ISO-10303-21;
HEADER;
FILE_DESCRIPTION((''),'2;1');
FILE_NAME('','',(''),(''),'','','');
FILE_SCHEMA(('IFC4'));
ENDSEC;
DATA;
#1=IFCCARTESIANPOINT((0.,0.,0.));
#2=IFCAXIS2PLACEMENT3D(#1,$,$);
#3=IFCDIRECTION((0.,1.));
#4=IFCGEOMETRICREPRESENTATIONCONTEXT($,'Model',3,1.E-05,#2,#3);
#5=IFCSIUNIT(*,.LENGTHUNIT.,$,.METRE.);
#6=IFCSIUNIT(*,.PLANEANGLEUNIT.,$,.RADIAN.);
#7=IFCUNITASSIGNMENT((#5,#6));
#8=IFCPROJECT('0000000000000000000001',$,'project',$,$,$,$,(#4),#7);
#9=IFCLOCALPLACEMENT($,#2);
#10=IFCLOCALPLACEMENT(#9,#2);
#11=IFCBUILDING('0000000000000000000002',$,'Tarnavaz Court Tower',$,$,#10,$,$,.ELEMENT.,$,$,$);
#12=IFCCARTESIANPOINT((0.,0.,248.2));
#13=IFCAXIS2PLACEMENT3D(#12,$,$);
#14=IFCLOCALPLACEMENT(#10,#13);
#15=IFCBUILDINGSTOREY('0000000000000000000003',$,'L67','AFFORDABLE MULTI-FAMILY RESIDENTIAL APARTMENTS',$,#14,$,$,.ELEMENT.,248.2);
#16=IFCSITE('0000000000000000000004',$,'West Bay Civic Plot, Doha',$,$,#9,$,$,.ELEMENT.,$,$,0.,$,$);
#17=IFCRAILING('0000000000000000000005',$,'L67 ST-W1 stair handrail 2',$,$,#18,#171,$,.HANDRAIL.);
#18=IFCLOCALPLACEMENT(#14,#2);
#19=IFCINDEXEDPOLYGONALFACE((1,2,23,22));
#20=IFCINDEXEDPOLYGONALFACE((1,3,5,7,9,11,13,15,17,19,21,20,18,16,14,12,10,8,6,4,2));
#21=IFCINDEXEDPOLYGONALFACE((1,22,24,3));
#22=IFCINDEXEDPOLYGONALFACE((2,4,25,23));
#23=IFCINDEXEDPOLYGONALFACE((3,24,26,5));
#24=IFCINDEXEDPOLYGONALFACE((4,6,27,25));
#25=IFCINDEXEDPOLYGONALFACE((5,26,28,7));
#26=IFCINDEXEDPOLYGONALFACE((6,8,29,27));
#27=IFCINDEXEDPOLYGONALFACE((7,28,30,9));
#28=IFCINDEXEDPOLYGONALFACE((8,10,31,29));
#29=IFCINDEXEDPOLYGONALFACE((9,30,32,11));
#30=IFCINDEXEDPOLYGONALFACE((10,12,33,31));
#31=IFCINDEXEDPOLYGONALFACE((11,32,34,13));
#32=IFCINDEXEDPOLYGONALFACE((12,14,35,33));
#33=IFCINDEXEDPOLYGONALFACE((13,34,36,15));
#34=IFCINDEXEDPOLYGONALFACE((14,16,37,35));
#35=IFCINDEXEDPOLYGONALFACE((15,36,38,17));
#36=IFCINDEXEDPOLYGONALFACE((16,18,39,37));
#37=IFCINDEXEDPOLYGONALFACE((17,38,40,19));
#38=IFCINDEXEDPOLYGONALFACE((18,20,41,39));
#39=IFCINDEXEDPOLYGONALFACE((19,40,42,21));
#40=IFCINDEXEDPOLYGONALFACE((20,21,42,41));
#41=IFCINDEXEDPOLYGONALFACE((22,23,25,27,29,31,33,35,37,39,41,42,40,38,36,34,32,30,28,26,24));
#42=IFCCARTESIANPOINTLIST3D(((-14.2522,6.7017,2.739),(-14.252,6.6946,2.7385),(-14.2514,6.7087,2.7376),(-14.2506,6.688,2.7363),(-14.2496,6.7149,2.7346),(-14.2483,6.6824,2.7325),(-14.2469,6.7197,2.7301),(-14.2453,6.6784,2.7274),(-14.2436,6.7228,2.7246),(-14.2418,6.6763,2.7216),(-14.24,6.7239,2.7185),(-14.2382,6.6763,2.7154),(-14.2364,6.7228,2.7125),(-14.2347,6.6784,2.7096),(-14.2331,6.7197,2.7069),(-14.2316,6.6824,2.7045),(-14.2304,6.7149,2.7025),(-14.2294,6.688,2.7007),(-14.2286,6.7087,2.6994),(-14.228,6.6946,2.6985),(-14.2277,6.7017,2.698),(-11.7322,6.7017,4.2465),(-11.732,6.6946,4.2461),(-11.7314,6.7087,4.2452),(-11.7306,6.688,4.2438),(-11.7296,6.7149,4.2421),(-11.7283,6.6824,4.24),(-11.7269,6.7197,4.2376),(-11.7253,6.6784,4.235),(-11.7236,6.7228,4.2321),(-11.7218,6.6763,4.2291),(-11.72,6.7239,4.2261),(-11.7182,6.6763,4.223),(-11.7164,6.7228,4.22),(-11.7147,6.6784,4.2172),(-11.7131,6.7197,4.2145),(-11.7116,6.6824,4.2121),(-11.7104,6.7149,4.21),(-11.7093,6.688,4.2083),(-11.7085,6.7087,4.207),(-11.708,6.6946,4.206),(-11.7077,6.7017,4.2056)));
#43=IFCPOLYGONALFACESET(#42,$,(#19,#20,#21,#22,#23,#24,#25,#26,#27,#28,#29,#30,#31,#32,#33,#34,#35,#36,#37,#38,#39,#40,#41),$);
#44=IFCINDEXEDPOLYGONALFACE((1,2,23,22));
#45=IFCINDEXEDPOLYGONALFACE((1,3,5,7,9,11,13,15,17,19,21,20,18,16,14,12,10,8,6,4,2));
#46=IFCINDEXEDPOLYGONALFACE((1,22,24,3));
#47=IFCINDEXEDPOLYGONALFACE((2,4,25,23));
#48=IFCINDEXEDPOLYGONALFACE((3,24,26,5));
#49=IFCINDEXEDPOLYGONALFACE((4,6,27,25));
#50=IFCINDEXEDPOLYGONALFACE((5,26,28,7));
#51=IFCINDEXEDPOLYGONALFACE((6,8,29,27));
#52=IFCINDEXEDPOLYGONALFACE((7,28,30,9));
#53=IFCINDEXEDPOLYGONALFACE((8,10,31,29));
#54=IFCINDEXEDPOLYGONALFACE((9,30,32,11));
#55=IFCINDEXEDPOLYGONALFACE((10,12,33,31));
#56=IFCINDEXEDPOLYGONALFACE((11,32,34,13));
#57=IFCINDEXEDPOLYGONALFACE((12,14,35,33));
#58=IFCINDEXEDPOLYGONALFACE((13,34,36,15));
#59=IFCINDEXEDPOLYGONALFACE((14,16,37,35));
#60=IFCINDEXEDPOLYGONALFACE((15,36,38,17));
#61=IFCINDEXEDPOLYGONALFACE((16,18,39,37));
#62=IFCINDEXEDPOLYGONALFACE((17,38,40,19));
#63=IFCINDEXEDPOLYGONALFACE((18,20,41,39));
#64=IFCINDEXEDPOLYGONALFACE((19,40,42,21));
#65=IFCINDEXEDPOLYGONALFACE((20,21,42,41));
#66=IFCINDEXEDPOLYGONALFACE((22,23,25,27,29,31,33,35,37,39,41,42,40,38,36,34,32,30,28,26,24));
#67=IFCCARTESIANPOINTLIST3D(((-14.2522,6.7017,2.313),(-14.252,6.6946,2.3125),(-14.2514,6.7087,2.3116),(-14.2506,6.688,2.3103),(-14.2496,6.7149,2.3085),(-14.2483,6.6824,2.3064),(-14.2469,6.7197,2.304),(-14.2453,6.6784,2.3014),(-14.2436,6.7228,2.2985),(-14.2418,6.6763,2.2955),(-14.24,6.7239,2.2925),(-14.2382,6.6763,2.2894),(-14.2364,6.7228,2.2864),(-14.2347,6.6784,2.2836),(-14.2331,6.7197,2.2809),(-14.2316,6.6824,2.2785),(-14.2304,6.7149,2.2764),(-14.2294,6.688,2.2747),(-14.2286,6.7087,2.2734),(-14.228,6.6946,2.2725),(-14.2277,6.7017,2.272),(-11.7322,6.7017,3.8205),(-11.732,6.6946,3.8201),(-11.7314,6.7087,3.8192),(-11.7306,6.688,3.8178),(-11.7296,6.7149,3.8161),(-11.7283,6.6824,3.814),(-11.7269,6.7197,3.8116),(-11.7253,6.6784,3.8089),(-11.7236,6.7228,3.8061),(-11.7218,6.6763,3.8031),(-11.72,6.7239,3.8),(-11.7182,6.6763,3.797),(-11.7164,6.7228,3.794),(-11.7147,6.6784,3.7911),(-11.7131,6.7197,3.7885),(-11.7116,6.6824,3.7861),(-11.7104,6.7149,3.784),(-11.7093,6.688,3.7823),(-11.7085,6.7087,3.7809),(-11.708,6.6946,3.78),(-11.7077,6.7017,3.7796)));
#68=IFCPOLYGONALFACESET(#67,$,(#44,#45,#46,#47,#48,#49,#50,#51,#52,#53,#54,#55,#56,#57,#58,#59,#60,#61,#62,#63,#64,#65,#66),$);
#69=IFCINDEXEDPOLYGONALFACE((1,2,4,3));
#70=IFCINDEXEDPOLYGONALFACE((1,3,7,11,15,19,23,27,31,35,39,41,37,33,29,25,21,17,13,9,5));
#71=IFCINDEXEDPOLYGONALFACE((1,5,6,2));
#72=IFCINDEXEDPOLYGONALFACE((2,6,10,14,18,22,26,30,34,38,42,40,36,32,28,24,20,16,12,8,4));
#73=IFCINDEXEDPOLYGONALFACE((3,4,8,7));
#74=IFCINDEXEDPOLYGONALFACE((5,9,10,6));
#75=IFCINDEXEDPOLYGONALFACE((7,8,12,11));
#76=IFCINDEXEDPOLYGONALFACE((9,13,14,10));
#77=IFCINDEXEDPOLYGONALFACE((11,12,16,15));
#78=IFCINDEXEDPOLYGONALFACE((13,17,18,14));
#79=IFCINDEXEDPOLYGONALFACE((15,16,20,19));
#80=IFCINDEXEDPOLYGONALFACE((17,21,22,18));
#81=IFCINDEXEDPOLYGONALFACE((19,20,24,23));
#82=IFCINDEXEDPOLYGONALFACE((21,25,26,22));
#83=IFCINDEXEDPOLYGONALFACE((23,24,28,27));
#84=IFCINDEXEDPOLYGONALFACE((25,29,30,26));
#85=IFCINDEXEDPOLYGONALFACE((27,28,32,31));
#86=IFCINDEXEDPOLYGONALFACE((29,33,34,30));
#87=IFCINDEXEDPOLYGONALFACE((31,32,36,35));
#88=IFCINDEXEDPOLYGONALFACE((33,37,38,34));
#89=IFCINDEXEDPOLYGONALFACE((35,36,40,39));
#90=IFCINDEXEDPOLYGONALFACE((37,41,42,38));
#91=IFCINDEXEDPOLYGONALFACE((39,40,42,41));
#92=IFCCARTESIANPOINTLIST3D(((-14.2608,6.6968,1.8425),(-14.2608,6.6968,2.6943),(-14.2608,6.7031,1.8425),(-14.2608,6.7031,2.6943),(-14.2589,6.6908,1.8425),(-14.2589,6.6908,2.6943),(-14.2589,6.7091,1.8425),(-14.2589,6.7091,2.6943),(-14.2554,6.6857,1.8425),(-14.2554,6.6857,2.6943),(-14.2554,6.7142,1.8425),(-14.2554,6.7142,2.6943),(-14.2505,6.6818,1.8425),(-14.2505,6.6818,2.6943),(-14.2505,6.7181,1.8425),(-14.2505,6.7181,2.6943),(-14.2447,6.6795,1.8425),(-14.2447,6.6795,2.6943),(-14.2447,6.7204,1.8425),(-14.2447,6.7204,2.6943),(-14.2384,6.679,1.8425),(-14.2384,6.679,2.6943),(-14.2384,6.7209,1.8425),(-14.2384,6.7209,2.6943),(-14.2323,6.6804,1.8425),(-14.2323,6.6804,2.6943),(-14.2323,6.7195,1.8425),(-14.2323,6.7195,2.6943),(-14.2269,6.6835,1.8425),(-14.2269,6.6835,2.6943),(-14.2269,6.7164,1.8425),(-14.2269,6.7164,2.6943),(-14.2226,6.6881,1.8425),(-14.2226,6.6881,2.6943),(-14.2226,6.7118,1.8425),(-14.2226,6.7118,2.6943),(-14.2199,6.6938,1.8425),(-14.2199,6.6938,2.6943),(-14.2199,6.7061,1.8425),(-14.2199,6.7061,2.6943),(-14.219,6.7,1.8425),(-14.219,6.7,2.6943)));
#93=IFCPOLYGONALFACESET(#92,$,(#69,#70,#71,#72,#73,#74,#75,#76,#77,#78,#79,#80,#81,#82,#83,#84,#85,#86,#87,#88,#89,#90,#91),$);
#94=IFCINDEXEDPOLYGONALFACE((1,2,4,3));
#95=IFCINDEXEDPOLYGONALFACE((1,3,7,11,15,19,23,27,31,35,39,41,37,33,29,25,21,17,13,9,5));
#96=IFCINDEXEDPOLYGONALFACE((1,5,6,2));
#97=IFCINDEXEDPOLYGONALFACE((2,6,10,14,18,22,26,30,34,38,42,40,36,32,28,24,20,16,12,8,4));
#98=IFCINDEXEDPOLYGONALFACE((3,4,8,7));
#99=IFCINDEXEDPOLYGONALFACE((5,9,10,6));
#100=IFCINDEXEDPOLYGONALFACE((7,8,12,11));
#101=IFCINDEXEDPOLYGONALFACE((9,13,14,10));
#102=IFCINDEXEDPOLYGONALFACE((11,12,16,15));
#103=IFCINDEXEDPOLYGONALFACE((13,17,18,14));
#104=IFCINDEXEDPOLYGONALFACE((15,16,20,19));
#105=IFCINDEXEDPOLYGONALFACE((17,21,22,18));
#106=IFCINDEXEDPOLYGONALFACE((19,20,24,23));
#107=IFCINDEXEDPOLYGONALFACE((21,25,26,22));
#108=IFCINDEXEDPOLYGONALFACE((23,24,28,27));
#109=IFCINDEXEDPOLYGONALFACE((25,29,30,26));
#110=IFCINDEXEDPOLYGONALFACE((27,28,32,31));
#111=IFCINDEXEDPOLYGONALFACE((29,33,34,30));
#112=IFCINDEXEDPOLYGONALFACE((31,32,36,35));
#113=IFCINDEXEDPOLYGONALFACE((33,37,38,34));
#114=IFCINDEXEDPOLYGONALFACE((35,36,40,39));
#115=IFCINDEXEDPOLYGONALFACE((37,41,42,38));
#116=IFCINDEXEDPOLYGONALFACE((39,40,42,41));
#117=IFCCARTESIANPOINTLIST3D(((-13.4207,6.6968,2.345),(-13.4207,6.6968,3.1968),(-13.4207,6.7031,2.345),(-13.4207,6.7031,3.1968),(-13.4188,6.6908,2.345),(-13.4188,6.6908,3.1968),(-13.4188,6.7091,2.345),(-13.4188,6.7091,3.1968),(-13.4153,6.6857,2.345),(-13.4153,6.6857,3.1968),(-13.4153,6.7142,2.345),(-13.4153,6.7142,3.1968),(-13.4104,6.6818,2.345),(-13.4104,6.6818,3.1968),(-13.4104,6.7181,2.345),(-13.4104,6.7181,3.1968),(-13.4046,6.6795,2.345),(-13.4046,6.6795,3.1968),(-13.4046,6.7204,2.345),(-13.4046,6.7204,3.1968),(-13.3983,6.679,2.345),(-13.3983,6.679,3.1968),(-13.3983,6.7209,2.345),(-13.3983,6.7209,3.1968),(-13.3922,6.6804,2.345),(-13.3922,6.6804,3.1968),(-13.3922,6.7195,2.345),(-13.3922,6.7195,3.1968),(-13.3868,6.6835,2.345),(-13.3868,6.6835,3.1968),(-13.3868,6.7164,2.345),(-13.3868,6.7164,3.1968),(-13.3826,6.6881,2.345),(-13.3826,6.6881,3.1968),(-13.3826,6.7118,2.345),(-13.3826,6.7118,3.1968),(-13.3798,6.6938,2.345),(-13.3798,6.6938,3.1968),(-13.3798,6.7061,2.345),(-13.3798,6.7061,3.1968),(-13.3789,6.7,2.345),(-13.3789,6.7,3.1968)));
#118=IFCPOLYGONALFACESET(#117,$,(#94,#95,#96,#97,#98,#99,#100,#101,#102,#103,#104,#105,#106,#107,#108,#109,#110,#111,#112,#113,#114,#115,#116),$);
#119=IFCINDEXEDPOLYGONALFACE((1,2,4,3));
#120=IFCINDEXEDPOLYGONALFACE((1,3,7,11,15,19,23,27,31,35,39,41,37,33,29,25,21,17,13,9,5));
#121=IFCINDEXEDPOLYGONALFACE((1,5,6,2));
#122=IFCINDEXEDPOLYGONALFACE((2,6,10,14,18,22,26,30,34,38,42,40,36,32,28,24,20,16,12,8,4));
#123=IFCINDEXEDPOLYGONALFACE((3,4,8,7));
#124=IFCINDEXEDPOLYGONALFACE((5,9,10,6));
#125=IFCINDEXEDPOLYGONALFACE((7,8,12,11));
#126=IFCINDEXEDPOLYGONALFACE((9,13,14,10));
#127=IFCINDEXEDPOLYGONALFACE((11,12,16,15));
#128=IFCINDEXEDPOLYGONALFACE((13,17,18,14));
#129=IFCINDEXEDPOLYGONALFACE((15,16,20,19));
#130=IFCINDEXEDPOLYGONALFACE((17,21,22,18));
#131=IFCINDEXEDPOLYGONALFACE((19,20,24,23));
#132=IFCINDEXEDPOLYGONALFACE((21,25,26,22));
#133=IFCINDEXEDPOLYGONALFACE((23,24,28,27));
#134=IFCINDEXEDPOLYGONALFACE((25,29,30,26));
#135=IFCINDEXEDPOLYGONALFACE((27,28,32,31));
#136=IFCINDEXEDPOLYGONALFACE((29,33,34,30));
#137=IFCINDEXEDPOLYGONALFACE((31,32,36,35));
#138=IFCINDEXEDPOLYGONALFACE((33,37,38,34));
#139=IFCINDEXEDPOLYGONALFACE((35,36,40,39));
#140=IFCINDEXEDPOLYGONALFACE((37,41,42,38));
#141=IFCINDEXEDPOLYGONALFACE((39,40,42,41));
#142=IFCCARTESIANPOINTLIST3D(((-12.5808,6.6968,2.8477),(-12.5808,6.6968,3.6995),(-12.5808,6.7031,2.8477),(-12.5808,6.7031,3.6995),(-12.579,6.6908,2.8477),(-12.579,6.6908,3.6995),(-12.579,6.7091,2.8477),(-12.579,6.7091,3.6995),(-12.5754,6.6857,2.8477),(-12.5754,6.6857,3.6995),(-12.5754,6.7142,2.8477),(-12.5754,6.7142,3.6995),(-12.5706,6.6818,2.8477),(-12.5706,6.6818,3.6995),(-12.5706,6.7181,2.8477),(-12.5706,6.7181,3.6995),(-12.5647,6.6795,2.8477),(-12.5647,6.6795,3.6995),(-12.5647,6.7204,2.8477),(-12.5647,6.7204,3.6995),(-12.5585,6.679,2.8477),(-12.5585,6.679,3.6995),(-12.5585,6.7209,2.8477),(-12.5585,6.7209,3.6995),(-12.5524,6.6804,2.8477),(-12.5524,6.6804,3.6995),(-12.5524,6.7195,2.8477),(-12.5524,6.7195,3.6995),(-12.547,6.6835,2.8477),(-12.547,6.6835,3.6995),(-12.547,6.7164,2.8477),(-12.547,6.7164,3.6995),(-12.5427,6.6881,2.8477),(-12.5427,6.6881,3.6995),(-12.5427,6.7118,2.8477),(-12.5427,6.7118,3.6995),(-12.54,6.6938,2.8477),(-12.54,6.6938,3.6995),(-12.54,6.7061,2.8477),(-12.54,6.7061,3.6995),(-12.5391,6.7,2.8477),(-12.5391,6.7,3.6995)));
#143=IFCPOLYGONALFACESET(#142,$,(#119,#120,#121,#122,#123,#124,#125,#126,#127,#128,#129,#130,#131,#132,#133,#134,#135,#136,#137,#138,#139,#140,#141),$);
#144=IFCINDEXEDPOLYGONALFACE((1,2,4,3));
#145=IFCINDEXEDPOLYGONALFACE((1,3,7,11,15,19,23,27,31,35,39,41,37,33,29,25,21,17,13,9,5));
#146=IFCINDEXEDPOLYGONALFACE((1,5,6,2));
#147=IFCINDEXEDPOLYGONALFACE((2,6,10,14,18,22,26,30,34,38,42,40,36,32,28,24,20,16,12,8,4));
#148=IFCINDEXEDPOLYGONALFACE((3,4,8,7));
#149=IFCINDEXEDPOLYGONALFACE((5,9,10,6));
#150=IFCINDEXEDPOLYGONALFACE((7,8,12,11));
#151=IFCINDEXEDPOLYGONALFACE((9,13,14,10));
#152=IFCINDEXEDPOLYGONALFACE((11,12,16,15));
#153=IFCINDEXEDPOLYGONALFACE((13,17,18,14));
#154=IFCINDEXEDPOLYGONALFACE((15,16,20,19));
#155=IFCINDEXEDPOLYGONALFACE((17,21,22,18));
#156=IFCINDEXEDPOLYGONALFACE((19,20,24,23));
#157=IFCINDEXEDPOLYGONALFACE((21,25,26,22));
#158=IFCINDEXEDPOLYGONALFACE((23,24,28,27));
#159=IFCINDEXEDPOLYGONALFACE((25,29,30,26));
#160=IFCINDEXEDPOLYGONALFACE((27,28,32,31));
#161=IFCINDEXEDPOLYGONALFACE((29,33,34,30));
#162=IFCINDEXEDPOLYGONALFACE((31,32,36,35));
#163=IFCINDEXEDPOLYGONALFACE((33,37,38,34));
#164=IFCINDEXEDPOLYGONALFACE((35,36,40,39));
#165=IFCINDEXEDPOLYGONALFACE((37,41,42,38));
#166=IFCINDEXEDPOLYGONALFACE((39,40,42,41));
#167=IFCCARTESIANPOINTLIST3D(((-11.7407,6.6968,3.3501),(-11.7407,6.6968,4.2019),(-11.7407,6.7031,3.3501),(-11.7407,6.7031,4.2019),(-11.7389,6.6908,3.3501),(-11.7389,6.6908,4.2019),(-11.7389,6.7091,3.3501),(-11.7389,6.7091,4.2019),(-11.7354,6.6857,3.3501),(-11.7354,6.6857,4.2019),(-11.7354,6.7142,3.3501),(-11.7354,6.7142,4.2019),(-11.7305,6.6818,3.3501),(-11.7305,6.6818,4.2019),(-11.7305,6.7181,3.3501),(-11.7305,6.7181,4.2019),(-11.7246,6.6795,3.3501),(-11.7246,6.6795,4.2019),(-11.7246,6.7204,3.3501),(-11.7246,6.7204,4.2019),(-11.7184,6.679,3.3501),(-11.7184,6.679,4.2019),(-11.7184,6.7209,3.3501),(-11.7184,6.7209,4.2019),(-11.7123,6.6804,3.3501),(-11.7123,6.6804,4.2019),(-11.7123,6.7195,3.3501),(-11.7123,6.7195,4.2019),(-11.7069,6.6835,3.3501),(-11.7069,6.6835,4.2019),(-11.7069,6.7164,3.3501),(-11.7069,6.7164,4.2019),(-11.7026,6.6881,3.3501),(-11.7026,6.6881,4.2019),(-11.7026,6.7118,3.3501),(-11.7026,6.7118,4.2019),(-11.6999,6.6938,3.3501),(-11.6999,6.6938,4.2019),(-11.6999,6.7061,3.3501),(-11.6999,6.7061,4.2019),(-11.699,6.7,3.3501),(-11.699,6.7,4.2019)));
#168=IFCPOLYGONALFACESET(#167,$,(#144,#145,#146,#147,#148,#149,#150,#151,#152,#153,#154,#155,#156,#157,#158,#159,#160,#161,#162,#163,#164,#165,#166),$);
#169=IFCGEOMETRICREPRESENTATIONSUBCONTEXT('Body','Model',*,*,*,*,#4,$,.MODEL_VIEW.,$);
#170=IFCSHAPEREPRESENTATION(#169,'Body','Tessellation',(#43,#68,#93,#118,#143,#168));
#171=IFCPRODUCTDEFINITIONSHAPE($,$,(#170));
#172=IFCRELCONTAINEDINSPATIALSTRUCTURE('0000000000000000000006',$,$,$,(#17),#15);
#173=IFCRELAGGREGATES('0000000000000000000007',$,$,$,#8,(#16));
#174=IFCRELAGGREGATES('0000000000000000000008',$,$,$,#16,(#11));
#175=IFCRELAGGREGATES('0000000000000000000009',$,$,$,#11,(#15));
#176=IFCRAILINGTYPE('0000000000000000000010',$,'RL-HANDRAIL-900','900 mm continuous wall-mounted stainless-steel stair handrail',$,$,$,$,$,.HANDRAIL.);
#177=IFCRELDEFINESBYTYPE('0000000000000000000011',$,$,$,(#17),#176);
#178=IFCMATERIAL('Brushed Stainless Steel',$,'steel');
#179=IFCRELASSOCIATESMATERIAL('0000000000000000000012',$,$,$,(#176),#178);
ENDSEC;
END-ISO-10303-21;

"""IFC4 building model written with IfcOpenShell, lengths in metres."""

from ifc_helpers import new_model, si_unit, direction, frame, origin, origin_2d, place, context, subcontext, project, spatial, circle, extrude, material, type_object, element, save


model = new_model("IFC4")

# Units and contexts
model_context = context("Model", 3, precision=1e-05, world=origin(), true_north=direction((0.0, 1.0)))
body_context = subcontext(model_context, "Body", "Model", "MODEL_VIEW")
ifc_project = project(units=[si_unit("LENGTHUNIT", "METRE"), si_unit("PLANEANGLEUNIT", "RADIAN")], contexts=[model_context])

# Site, building, storey
site_placement = place(None, origin())
site = spatial("IfcSite", under=ifc_project, at=site_placement, Name="West Bay Civic Plot, Doha", CompositionType="ELEMENT", RefElevation=0.0)
building_placement = place(site_placement, origin())
building = spatial("IfcBuilding", under=site, at=building_placement, Name="Tarnavaz Court Tower", CompositionType="ELEMENT")
storey_placement = place(building_placement, frame((0.0, 0.0, 248.2)))
storey = spatial("IfcBuildingStorey", under=building, at=storey_placement, Name="L67", Description="AFFORDABLE MULTI-FAMILY RESIDENTIAL APARTMENTS", CompositionType="ELEMENT", Elevation=248.2)

# Railing
ifc_material_1 = material(Name="Brushed Stainless Steel", Category="steel")
railing_type_1 = type_object("IfcRailingType", Name="RL-HANDRAIL-900", Description="900 mm continuous wall-mounted stainless-steel stair handrail", PredefinedType="HANDRAIL", material=ifc_material_1)
railing_1_placement = place(storey_placement, frame((-14.24, 6.7, 1.8425)))
element("IfcRailing", 1, at=railing_1_placement, inside=storey, type_object=railing_type_1, Name="L67 ST-W1 stair handrail 2", PredefinedType="HANDRAIL", context=body_context, shape_type="SweptSolid", body=[
    extrude(circle(Radius=0.0239, at=origin_2d()), frame((0.0, 0.0, 0.876), z_axis=(0.85816, 0.0, 0.513383), x_axis=(0.0, 1.0, 0.0)), (0.0, 0.0, 1.0), 2.9365),
    extrude(circle(Radius=0.0239, at=origin_2d()), frame((0.0, 0.0, 0.45), z_axis=(0.85816, 0.0, 0.513383), x_axis=(0.0, 1.0, 0.0)), (0.0, 0.0, 1.0), 2.9365),
    extrude(circle(Radius=0.021, at=origin_2d()), origin(), (0.0, 0.0, 1.0), 0.8518),
    extrude(circle(Radius=0.021, at=origin_2d()), frame((0.8401, 0.0, 0.5024)), (0.0, 0.0, 1.0), 0.8518),
    extrude(circle(Radius=0.021, at=origin_2d()), frame((1.6799, 0.0, 1.0051)), (0.0, 0.0, 1.0), 0.8518),
    extrude(circle(Radius=0.021, at=origin_2d()), frame((2.52, 0.0, 1.5076)), (0.0, 0.0, 1.0), 0.8518),
])

save(model, "model.ifc")
